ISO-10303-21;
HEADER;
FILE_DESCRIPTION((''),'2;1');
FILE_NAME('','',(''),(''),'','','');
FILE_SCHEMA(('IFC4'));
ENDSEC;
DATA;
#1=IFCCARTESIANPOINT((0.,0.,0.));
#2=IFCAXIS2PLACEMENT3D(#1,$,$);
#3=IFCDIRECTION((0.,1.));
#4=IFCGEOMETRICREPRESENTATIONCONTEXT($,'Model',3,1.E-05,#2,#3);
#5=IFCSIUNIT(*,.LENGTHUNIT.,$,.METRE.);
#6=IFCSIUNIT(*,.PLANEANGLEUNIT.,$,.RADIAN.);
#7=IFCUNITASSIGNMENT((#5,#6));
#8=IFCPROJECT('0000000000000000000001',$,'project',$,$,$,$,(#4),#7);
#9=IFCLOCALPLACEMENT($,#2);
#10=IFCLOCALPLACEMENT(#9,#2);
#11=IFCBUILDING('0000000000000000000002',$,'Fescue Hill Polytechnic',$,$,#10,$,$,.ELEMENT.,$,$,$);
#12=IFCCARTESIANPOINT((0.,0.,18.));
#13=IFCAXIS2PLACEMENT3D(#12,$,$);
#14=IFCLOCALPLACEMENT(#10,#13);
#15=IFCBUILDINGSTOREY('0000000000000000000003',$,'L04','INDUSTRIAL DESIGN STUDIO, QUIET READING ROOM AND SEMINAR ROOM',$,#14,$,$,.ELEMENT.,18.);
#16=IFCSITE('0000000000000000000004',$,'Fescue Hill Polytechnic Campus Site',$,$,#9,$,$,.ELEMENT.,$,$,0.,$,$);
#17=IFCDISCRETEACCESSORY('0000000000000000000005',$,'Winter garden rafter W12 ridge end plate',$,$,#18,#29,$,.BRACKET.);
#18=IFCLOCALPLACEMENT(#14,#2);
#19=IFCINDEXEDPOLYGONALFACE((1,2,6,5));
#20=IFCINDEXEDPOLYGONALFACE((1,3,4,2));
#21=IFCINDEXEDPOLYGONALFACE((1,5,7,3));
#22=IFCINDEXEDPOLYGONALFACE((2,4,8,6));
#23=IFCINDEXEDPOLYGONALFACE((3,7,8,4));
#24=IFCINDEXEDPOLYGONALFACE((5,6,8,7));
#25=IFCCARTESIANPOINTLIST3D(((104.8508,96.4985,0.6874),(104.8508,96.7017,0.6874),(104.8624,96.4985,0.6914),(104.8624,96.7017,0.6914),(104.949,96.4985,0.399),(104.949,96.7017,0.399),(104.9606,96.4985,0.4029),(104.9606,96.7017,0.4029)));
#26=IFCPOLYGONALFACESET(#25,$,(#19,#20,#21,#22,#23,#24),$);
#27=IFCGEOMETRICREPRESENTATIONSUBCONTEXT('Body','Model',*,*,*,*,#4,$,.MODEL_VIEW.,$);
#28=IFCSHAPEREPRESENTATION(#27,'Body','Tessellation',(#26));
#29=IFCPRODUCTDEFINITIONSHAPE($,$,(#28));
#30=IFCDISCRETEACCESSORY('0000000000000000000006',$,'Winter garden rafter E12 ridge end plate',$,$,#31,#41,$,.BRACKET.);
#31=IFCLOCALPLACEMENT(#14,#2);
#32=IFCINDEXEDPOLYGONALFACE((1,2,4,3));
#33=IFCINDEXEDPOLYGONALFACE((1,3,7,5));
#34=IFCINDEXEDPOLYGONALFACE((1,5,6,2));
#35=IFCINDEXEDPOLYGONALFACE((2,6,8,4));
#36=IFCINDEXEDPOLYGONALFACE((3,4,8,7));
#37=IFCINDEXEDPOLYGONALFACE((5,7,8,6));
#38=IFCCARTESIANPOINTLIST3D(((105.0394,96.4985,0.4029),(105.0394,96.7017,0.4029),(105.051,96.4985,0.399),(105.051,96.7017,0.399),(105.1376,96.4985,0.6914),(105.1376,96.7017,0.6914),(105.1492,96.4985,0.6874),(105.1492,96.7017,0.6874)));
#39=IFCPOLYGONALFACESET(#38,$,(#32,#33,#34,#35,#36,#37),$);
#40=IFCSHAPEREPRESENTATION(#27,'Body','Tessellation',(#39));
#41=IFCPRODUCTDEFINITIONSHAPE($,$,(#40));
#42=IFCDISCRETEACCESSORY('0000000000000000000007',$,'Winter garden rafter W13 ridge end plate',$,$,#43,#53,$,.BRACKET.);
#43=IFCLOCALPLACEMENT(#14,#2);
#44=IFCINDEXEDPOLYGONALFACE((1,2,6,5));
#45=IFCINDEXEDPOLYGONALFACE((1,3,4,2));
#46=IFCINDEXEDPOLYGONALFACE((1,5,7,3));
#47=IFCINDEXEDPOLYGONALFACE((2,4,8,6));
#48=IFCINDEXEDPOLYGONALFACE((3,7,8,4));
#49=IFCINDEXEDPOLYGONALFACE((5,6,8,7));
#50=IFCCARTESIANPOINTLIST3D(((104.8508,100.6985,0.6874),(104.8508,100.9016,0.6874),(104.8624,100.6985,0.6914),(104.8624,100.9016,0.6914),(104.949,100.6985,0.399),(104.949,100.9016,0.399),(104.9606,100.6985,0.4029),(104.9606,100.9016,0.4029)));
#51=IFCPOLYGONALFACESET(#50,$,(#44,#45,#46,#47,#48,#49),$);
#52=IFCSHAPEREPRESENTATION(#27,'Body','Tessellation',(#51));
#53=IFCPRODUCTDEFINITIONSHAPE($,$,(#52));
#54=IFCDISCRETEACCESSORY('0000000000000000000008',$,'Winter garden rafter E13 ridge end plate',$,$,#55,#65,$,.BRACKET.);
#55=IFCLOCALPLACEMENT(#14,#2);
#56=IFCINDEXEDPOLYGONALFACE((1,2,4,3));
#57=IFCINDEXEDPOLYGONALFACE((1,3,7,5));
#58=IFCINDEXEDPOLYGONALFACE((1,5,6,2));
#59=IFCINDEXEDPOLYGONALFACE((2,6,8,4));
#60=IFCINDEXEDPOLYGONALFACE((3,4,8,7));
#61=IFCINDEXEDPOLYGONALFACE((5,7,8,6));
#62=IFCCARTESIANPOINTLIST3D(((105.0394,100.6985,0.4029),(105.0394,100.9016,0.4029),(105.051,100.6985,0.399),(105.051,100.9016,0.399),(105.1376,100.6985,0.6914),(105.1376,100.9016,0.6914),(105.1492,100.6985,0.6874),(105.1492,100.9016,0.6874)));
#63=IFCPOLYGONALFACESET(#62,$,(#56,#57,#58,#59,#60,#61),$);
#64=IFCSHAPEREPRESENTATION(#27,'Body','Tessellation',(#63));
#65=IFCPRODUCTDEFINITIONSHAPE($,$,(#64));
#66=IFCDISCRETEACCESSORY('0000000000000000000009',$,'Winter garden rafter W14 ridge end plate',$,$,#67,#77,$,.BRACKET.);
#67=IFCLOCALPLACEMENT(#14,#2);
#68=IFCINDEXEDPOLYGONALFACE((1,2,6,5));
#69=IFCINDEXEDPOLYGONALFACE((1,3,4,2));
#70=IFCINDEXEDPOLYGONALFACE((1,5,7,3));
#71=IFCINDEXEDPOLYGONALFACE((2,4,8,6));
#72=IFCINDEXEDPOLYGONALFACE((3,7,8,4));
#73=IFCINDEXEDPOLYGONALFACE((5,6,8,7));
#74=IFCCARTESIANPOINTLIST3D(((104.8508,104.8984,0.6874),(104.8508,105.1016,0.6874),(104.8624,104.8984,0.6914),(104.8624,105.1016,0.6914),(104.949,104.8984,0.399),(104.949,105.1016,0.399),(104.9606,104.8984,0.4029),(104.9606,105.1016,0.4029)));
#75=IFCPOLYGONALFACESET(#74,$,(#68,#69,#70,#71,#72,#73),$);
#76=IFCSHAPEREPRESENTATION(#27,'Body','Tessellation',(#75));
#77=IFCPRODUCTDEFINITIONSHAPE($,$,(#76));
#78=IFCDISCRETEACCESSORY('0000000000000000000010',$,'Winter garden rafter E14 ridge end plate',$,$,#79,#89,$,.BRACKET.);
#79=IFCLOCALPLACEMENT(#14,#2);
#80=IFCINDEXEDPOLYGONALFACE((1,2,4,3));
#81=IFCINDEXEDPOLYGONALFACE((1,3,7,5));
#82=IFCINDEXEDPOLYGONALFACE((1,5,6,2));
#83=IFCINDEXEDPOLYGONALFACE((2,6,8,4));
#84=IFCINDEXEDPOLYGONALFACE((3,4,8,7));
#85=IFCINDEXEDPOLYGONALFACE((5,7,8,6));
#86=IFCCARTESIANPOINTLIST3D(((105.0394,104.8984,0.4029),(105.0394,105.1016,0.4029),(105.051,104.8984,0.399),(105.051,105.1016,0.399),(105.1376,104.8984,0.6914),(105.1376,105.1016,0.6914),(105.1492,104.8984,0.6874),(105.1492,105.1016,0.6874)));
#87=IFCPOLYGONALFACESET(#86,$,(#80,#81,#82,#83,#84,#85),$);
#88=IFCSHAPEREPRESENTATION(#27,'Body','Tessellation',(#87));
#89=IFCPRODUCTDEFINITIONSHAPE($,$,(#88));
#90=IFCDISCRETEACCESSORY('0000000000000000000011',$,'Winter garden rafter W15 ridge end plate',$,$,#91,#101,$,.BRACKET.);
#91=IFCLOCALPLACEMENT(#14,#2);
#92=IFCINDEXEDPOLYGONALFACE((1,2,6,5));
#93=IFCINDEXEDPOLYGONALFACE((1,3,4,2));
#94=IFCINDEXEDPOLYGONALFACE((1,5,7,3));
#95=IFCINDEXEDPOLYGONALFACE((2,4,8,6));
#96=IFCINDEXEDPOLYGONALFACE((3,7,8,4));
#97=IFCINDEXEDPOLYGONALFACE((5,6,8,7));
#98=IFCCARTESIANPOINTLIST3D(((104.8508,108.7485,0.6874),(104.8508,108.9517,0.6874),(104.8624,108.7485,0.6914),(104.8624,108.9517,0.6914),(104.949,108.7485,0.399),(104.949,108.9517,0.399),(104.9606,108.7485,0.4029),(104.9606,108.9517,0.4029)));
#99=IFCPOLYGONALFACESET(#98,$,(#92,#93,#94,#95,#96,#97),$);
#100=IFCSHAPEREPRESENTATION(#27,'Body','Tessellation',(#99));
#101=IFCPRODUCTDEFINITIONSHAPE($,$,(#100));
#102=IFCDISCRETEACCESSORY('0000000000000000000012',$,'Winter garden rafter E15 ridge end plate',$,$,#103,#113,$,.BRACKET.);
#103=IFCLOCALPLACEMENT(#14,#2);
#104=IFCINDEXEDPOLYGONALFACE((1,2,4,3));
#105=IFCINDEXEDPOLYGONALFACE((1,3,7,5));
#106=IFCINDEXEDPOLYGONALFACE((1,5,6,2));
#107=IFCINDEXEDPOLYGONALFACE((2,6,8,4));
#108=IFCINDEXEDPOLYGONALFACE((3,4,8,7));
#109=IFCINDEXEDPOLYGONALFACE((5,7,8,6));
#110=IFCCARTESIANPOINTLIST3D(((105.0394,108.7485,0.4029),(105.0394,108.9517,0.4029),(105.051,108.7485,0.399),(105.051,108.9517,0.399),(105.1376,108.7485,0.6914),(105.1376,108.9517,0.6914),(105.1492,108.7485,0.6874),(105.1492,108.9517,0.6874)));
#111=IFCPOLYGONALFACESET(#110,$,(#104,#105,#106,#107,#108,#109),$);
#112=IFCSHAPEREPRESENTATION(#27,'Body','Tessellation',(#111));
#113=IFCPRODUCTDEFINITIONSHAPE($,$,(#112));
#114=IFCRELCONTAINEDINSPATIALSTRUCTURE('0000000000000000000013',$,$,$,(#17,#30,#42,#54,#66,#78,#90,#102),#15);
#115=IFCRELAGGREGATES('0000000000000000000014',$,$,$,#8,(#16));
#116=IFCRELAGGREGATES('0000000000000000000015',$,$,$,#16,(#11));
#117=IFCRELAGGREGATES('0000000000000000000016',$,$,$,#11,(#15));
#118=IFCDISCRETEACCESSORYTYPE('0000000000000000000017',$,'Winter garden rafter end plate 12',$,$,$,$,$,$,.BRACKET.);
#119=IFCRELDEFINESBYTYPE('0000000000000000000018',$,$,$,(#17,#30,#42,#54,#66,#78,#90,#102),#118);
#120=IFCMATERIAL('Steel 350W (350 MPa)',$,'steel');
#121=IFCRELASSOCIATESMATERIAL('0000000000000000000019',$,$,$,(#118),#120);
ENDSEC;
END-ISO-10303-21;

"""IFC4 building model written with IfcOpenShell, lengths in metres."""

from ifc_helpers import new_model, si_unit, direction, frame, origin, origin_2d, place, context, subcontext, project, spatial, rectangle, extrude, material, material_profile, profile_set, type_object, element, save


model = new_model("IFC4")

# Units and contexts
model_context = context("Model", 3, precision=1e-05, world=origin(), true_north=direction((0.0, 1.0)))
body_context = subcontext(model_context, "Body", "Model", "MODEL_VIEW")
ifc_project = project(units=[si_unit("LENGTHUNIT", "METRE"), si_unit("PLANEANGLEUNIT", "RADIAN")], contexts=[model_context])

# Site, building, storey
site_placement = place(None, origin())
site = spatial("IfcSite", under=ifc_project, at=site_placement, Name="Fescue Hill Polytechnic Campus Site", CompositionType="ELEMENT", RefElevation=0.0)
building_placement = place(site_placement, origin())
building = spatial("IfcBuilding", under=site, at=building_placement, Name="Fescue Hill Polytechnic", CompositionType="ELEMENT")
storey_placement = place(building_placement, frame((0.0, 0.0, 18.0)))
storey = spatial("IfcBuildingStorey", under=building, at=storey_placement, Name="L04", Description="INDUSTRIAL DESIGN STUDIO, QUIET READING ROOM AND SEMINAR ROOM", CompositionType="ELEMENT", Elevation=18.0)

# Shared definitions
ifc_material_1 = material(Name="Steel 350W (350 MPa)", Category="steel")

# Discrete accessories
ifc_material_profile_1 = material_profile(ifc_material_1, rectangle(XDim=0.2031, YDim=0.3047, at=origin_2d()), Name="Winter garden rafter end plate 12")
ifc_profile_set_1 = profile_set([ifc_material_profile_1], Name="Steel 350W (350 MPa)")
discrete_accessory_type = type_object("IfcDiscreteAccessoryType", Name="Winter garden rafter end plate 12", PredefinedType="BRACKET", material=ifc_profile_set_1)
for number, where, z_axis, x_axis, name in (
    (1, (104.8999, 96.6001, 0.5432), (0.94665, 0.0, 0.322264), (0.0, 1.0, 0.0), "Winter garden rafter W12 ridge end plate"),
    (2, (105.1001, 96.6001, 0.5432), (-0.94665, 0.0, 0.322264), (0.0, -1.0, 0.0), "Winter garden rafter E12 ridge end plate"),
    (3, (104.8999, 100.8, 0.5432), (0.94665, 0.0, 0.322264), (0.0, 1.0, 0.0), "Winter garden rafter W13 ridge end plate"),
    (4, (105.1001, 100.8, 0.5432), (-0.94665, 0.0, 0.322264), (0.0, -1.0, 0.0), "Winter garden rafter E13 ridge end plate"),
    (5, (104.8999, 105.0, 0.5432), (0.94665, 0.0, 0.322264), (0.0, 1.0, 0.0), "Winter garden rafter W14 ridge end plate"),
    (6, (105.1001, 105.0, 0.5432), (-0.94665, 0.0, 0.322264), (0.0, -1.0, 0.0), "Winter garden rafter E14 ridge end plate"),
    (7, (104.8999, 108.8501, 0.5432), (0.94665, 0.0, 0.322264), (0.0, 1.0, 0.0), "Winter garden rafter W15 ridge end plate"),
    (8, (105.1001, 108.8501, 0.5432), (-0.94665, 0.0, 0.322264), (0.0, -1.0, 0.0), "Winter garden rafter E15 ridge end plate"),
):
    element("IfcDiscreteAccessory", number, at=place(storey_placement, frame(where, z_axis=z_axis, x_axis=x_axis)), inside=storey, type_object=discrete_accessory_type, Name=name, PredefinedType="BRACKET", context=body_context, shape_type="SweptSolid", body=[
        extrude(rectangle(XDim=0.2031, YDim=0.3047, at=origin_2d()), origin(), (0.0, 0.0, 1.0), 0.0122),
    ])

save(model, "model.ifc")
